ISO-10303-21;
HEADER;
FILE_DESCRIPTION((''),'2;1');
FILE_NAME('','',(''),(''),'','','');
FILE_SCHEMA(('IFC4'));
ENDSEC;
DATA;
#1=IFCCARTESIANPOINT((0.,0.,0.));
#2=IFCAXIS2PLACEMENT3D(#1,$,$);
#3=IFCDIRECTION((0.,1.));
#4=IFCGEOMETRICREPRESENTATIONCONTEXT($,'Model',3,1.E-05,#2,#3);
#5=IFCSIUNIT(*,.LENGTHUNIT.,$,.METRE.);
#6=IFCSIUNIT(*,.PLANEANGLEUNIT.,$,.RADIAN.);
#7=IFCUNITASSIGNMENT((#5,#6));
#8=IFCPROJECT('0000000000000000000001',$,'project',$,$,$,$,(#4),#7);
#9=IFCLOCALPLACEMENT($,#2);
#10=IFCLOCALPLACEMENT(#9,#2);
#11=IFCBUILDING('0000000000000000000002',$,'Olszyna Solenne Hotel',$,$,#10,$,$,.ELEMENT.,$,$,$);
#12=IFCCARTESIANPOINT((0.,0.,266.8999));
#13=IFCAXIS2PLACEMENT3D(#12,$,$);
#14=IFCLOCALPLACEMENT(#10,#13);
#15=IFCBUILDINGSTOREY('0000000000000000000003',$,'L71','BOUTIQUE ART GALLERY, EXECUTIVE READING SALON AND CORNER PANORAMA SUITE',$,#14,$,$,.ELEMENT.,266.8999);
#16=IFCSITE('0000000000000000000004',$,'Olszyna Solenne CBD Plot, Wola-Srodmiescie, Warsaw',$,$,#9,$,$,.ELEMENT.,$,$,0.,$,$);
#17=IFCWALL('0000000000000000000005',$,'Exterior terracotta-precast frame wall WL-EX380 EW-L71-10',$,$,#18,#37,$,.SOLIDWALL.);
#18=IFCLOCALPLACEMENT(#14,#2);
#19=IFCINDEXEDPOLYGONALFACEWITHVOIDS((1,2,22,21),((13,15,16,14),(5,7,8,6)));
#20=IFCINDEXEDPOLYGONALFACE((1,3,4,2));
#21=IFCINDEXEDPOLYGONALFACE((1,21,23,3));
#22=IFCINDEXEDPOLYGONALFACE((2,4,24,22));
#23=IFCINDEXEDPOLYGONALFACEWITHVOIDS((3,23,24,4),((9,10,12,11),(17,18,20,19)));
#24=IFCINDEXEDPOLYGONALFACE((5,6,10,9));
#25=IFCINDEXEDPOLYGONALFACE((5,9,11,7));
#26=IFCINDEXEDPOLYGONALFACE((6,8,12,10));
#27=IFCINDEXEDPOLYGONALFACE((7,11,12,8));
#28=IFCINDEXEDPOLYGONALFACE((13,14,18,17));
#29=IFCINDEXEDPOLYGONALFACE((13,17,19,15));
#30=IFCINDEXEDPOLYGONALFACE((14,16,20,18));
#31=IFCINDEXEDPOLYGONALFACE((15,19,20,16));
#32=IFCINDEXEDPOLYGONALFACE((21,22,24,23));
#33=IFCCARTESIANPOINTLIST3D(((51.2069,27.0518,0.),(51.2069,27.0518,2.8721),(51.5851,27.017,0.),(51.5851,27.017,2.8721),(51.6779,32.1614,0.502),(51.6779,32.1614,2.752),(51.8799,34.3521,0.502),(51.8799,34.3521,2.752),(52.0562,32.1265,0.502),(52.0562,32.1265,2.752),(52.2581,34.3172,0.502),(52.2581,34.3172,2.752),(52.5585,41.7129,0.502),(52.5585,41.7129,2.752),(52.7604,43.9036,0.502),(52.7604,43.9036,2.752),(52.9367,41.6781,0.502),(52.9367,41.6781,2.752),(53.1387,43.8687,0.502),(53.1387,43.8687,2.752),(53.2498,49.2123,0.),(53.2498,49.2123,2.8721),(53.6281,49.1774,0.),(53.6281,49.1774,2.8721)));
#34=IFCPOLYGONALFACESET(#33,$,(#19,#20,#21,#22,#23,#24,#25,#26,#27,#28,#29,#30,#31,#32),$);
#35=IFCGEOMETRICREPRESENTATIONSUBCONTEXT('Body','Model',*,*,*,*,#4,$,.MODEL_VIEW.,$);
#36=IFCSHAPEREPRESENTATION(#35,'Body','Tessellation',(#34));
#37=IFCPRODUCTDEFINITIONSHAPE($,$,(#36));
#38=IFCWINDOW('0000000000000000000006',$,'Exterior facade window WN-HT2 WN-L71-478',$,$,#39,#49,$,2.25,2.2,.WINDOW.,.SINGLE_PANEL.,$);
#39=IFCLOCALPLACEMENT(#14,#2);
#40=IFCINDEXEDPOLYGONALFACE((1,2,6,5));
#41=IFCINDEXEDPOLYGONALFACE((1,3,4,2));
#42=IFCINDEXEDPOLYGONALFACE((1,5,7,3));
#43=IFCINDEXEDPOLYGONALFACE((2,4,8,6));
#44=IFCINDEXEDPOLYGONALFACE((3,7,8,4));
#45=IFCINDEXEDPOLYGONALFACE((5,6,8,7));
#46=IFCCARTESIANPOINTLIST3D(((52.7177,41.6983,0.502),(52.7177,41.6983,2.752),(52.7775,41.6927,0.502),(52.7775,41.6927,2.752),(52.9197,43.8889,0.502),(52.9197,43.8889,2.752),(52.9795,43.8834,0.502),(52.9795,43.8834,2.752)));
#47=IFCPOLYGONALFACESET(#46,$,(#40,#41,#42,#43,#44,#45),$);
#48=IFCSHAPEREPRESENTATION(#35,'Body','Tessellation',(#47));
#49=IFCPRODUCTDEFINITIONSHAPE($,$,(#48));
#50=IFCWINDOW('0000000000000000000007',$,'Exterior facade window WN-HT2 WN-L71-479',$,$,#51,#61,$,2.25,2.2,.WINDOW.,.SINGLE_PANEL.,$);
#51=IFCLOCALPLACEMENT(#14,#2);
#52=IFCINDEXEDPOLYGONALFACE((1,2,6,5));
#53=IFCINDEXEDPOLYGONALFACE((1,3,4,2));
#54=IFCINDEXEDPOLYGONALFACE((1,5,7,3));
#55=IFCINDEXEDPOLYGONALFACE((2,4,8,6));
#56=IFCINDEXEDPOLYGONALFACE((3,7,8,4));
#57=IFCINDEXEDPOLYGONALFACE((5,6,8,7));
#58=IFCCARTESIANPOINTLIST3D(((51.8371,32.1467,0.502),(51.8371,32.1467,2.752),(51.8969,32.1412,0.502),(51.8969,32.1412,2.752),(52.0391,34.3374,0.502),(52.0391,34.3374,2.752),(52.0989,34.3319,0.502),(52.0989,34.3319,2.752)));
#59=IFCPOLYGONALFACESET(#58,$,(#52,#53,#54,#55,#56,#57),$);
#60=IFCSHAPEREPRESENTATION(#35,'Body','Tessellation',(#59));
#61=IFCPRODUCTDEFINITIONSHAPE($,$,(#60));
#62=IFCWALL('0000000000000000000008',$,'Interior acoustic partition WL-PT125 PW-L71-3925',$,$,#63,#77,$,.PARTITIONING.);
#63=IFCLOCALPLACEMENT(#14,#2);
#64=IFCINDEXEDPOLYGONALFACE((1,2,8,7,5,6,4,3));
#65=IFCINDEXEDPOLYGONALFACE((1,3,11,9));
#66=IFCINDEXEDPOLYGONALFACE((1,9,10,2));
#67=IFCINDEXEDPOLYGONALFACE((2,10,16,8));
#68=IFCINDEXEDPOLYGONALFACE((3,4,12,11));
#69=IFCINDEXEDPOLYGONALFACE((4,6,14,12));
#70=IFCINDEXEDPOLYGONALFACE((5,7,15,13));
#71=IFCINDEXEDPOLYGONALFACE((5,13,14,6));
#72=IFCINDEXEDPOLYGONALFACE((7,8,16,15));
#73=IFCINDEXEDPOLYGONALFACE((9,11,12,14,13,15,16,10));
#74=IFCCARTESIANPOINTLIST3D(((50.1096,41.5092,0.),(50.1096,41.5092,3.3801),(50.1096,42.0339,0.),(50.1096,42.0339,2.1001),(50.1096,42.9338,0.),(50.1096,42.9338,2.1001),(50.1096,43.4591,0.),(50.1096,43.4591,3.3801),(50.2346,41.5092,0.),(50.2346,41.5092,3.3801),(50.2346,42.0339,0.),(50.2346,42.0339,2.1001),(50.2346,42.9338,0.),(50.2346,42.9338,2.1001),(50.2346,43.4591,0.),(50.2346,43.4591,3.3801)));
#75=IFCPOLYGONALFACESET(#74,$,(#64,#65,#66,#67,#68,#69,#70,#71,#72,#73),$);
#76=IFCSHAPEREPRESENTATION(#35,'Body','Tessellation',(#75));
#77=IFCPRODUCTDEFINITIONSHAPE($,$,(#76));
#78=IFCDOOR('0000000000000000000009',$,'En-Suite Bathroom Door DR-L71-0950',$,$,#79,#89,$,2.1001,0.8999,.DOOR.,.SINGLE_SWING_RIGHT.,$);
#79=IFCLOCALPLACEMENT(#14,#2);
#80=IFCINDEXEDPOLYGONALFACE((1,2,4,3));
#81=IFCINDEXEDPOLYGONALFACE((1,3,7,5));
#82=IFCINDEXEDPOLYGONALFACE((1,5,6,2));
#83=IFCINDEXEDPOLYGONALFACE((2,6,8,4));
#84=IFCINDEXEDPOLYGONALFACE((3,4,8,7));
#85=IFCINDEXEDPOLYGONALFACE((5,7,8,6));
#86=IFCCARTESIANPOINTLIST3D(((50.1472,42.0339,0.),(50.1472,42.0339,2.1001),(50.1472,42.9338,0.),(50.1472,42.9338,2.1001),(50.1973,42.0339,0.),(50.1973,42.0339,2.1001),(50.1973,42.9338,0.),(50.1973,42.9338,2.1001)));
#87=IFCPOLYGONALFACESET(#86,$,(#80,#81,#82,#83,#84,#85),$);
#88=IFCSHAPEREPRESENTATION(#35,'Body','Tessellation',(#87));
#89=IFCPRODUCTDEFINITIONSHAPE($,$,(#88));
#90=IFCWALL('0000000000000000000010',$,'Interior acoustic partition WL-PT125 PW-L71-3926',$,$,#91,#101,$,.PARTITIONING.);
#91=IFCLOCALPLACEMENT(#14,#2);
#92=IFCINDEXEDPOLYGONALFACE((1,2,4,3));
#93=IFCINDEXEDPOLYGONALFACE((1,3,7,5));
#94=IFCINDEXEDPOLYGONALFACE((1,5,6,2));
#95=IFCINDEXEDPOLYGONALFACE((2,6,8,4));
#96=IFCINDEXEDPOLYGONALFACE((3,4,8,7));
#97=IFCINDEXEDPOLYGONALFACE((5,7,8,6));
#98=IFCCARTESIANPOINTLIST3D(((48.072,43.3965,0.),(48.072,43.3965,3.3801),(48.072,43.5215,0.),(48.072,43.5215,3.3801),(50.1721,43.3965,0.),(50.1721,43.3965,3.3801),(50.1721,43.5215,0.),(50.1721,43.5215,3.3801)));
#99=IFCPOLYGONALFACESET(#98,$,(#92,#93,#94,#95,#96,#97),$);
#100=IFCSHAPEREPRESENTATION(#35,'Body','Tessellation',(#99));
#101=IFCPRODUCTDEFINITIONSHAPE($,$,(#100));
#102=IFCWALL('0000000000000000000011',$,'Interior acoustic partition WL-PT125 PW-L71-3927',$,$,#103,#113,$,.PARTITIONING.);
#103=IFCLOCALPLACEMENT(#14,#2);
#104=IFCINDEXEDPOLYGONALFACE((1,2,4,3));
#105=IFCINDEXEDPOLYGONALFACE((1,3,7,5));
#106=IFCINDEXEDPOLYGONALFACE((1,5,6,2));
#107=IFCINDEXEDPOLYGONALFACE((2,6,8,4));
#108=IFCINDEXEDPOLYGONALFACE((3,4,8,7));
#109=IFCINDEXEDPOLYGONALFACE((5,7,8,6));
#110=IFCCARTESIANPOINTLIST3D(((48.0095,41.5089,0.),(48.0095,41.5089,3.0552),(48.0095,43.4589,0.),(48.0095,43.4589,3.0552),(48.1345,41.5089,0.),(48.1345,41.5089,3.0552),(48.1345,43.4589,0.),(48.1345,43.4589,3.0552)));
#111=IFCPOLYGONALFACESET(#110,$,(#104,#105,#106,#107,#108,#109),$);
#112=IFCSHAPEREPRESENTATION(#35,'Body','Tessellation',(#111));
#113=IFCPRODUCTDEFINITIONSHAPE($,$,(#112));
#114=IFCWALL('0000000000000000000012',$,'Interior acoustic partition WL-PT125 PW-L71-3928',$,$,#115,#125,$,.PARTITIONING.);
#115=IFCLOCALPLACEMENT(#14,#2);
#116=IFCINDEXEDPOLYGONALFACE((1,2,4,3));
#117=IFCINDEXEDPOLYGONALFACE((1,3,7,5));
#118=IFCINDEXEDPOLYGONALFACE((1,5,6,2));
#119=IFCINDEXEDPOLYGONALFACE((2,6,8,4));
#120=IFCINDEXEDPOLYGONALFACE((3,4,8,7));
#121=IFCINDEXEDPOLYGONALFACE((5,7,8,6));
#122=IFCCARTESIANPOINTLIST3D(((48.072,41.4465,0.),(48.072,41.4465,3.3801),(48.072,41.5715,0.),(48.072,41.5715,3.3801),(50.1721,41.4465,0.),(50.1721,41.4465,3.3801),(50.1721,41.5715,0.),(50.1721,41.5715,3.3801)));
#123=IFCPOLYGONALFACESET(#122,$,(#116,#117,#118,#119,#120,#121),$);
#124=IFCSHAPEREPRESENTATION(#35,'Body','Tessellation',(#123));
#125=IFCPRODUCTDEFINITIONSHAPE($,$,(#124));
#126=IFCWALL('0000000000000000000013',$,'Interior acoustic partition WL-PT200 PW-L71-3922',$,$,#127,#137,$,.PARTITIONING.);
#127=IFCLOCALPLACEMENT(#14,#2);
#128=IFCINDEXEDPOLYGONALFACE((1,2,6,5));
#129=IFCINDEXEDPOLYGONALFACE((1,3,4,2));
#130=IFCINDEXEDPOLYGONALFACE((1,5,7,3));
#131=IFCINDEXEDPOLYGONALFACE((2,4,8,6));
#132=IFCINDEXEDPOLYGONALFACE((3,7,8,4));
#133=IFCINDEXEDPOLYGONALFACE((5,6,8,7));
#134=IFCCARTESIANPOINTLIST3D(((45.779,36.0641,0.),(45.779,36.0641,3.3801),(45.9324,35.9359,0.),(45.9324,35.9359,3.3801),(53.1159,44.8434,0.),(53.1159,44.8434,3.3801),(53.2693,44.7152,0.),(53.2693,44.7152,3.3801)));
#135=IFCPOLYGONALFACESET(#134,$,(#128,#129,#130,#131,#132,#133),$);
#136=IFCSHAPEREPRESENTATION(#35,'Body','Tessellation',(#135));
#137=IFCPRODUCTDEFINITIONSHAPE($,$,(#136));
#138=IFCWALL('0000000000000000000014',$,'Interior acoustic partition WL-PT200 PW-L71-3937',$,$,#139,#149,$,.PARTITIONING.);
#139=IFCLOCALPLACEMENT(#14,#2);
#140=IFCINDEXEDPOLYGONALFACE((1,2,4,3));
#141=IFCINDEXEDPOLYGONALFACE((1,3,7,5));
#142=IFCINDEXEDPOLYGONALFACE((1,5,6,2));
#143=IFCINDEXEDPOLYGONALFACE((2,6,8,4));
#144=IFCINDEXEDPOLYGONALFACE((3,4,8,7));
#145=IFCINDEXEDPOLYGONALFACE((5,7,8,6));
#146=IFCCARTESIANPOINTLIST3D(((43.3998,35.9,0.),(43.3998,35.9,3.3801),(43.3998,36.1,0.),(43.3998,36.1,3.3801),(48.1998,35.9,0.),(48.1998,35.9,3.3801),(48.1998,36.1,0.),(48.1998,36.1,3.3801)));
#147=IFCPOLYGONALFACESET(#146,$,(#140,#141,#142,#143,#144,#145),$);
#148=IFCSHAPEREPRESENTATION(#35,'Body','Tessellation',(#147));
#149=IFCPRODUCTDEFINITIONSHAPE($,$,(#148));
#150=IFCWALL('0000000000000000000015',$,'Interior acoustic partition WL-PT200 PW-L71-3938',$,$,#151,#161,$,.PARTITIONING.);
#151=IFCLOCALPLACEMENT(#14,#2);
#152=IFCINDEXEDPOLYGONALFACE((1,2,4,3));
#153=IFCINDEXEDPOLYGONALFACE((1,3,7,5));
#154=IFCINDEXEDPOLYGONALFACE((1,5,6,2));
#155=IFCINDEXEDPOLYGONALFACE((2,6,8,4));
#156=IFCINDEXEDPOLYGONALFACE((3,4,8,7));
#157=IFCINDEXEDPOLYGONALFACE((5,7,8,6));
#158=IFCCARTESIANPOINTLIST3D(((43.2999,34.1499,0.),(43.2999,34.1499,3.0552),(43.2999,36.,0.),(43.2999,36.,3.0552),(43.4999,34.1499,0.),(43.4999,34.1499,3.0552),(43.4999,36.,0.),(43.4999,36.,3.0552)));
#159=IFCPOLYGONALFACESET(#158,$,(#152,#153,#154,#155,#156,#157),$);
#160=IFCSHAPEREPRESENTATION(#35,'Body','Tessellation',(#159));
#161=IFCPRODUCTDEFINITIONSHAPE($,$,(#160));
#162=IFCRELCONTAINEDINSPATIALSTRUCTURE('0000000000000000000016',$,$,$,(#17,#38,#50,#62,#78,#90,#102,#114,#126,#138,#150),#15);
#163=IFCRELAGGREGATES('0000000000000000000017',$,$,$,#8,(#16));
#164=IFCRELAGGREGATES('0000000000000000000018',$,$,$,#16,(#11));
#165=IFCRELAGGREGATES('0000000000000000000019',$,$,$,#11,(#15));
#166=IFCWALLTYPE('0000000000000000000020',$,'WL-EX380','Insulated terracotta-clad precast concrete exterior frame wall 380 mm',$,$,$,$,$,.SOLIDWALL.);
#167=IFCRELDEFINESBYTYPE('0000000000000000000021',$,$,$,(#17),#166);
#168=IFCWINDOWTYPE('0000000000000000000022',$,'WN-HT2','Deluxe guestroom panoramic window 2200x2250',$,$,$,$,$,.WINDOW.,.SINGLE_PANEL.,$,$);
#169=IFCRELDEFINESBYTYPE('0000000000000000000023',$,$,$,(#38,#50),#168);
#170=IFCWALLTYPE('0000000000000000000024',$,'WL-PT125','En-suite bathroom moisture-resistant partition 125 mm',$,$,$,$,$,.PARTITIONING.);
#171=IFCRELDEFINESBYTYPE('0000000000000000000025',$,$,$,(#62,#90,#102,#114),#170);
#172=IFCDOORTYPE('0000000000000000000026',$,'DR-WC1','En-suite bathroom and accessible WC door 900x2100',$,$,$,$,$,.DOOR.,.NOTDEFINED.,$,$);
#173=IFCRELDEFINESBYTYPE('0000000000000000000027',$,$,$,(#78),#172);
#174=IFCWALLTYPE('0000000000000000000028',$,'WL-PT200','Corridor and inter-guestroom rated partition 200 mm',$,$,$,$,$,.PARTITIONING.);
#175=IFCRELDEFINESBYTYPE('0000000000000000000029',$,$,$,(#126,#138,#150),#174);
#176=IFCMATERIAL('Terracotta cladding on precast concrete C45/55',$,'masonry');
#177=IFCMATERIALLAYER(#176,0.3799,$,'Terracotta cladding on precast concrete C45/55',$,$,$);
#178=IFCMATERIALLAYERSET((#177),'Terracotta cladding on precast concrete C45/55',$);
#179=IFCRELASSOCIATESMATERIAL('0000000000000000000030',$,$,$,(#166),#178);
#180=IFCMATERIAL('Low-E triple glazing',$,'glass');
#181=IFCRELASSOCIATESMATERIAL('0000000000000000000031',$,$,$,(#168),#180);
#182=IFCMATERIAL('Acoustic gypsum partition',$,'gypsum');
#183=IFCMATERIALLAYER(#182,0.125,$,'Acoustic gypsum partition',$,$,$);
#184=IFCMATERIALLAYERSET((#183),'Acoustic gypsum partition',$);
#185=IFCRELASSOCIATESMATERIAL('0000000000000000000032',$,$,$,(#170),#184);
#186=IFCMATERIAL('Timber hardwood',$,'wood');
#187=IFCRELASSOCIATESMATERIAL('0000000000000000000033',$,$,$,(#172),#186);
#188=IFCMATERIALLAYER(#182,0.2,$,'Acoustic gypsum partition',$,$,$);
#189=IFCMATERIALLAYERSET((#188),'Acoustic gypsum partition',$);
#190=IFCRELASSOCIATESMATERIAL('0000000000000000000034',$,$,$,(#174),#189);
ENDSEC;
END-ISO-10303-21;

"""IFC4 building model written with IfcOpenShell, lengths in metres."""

from ifc_helpers import new_model, si_unit, direction, frame, frame_2d, origin, place, context, subcontext, project, spatial, rectangle, extrude, source, transform, mapped, material, layer, layer_set, type_object, type_shapes, element, fill, save


model = new_model("IFC4")

# Units and contexts
model_context = context("Model", 3, precision=1e-05, world=origin(), true_north=direction((0.0, 1.0)))
body_context = subcontext(model_context, "Body", "Model", "MODEL_VIEW")
ifc_project = project(units=[si_unit("LENGTHUNIT", "METRE"), si_unit("PLANEANGLEUNIT", "RADIAN")], contexts=[model_context])

# Site, building, storey
site_placement = place(None, origin())
site = spatial("IfcSite", under=ifc_project, at=site_placement, Name="Olszyna Solenne CBD Plot, Wola-Srodmiescie, Warsaw", CompositionType="ELEMENT", RefElevation=0.0)
building_placement = place(site_placement, origin())
building = spatial("IfcBuilding", under=site, at=building_placement, Name="Olszyna Solenne Hotel", CompositionType="ELEMENT")
storey_placement = place(building_placement, frame((0.0, 0.0, 266.8999)))
storey = spatial("IfcBuildingStorey", under=building, at=storey_placement, Name="L71", Description="BOUTIQUE ART GALLERY, EXECUTIVE READING SALON AND CORNER PANORAMA SUITE", CompositionType="ELEMENT", Elevation=266.8999)

# Shared definitions
ifc_material_1 = material(Name="Terracotta cladding on precast concrete C45/55", Category="masonry")
ifc_layer_1 = layer(ifc_material_1, 0.3799, Name="Terracotta cladding on precast concrete C45/55")
ifc_layer_set_1 = layer_set([ifc_layer_1], Name="Terracotta cladding on precast concrete C45/55")
wall_type_1 = type_object("IfcWallType", Name="WL-EX380", Description="Insulated terracotta-clad precast concrete exterior frame wall 380 mm", PredefinedType="SOLIDWALL", material=ifc_layer_set_1)

# Wall, openings, windows
wall_1_placement = place(storey_placement, frame((53.439, 49.1948, 0.0), z_axis=(0.0, 0.0, 1.0), x_axis=(-0.091801, -0.995777, 0.0)))
wall_1 = element("IfcWall", 1, at=wall_1_placement, inside=storey, type_object=wall_type_1, Name="Exterior terracotta-precast frame wall WL-EX380 EW-L71-10", PredefinedType="SOLIDWALL", context=body_context, shape_type="SweptSolid", body=[
    extrude(rectangle(XDim=22.2544, YDim=0.3799, at=frame_2d((11.1272, 0.0))), origin(), (0.0, 0.0, 1.0), 2.8721),
])
opening_1_placement = place(wall_1_placement, frame((5.3311, 0.0, 0.502)))
opening_1 = element("IfcOpeningElement", 2, at=opening_1_placement, cuts=wall_1, PredefinedType="OPENING", context=body_context, shape_type="SweptSolid", body=[
    extrude(rectangle(XDim=2.2, YDim=2.25, at=frame_2d((1.1001, 1.125))), frame((0.0, 0.2, 0.0), z_axis=(0.0, -1.0, 0.0), x_axis=(1.0, 0.0, 0.0)), (0.0, 0.0, 1.0), 0.3999),
])
opening_2_placement = place(wall_1_placement, frame((14.9231, 0.0, 0.502)))
opening_2 = element("IfcOpeningElement", 3, at=opening_2_placement, cuts=wall_1, PredefinedType="OPENING", context=body_context, shape_type="SweptSolid", body=[
    extrude(rectangle(XDim=2.2, YDim=2.25, at=frame_2d((1.1001, 1.125))), frame((0.0, 0.2, 0.0), z_axis=(0.0, -1.0, 0.0), x_axis=(1.0, 0.0, 0.0)), (0.0, 0.0, 1.0), 0.3999),
])
ifc_material_2 = material(Name="Low-E triple glazing", Category="glass")
window_type = type_object("IfcWindowType", Name="WN-HT2", Description="Deluxe guestroom panoramic window 2200x2250", PartitioningType="SINGLE_PANEL", PredefinedType="WINDOW", material=ifc_material_2)
shared_shape_1 = source(origin(), body_context, "Body", "SweptSolid", [
    extrude(rectangle(XDim=2.2, YDim=2.25, at=frame_2d((1.1001, 1.125))), frame((0.0, 0.03, 0.0), z_axis=(0.0, -1.0, 0.0), x_axis=(1.0, 0.0, 0.0)), (0.0, 0.0, 1.0), 0.0601),
])
type_shapes(window_type, [shared_shape_1])
window_1_placement = place(opening_1_placement, origin())
window_1 = element("IfcWindow", 4, at=window_1_placement, inside=storey, type_object=window_type, Name="Exterior facade window WN-HT2 WN-L71-478", OverallHeight=2.25, OverallWidth=2.2, PartitioningType="SINGLE_PANEL", PredefinedType="WINDOW", context=body_context, shape_type="MappedRepresentation", body=[
    mapped(shared_shape_1, transform((0.0, 0.0, 0.0), x_axis=(1.0, 0.0, 0.0), y_axis=(0.0, 1.0, 0.0), z_axis=(0.0, 0.0, 1.0), scale=1.0)),
])
fill(opening_1, window_1)
window_2_placement = place(opening_2_placement, origin())
window_2 = element("IfcWindow", 5, at=window_2_placement, inside=storey, type_object=window_type, Name="Exterior facade window WN-HT2 WN-L71-479", OverallHeight=2.25, OverallWidth=2.2, PartitioningType="SINGLE_PANEL", PredefinedType="WINDOW", context=body_context, shape_type="MappedRepresentation", body=[
    mapped(shared_shape_1, transform((0.0, 0.0, 0.0), x_axis=(1.0, 0.0, 0.0), y_axis=(0.0, 1.0, 0.0), z_axis=(0.0, 0.0, 1.0), scale=1.0)),
])
fill(opening_2, window_2)

# Wall, opening, door
ifc_material_3 = material(Name="Acoustic gypsum partition", Category="gypsum")
ifc_layer_2 = layer(ifc_material_3, 0.125, Name="Acoustic gypsum partition")
ifc_layer_set_2 = layer_set([ifc_layer_2], Name="Acoustic gypsum partition")
wall_type_2 = type_object("IfcWallType", Name="WL-PT125", Description="En-suite bathroom moisture-resistant partition 125 mm", PredefinedType="PARTITIONING", material=ifc_layer_set_2)
wall_2_placement = place(storey_placement, frame((50.1721, 41.509, 0.0), z_axis=(0.0, 0.0, 1.0), x_axis=(0.0, 1.0, 0.0)))
wall_2 = element("IfcWall", 6, at=wall_2_placement, inside=storey, type_object=wall_type_2, Name="Interior acoustic partition WL-PT125 PW-L71-3925", PredefinedType="PARTITIONING", context=body_context, shape_type="SweptSolid", body=[
    extrude(rectangle(XDim=1.95, YDim=0.125, at=frame_2d((0.9751, 0.0))), origin(), (0.0, 0.0, 1.0), 3.3801),
])
opening_3_placement = place(wall_2_placement, frame((0.5249, 0.0, 0.0)))
opening_3 = element("IfcOpeningElement", 7, at=opening_3_placement, cuts=wall_2, PredefinedType="OPENING", context=body_context, shape_type="SweptSolid", body=[
    extrude(rectangle(XDim=0.8999, YDim=2.1001, at=frame_2d((0.45, 1.05))), frame((0.0, 0.0725, 0.0), z_axis=(0.0, -1.0, 0.0), x_axis=(1.0, 0.0, 0.0)), (0.0, 0.0, 1.0), 0.145),
])
ifc_material_4 = material(Name="Timber hardwood", Category="wood")
door_type = type_object("IfcDoorType", Name="DR-WC1", Description="En-suite bathroom and accessible WC door 900x2100", OperationType="NOTDEFINED", PredefinedType="DOOR", material=ifc_material_4)
shared_shape_2 = source(origin(), body_context, "Body", "SweptSolid", [
    extrude(rectangle(XDim=0.8999, YDim=2.1001, at=frame_2d((0.45, 1.05))), frame((0.0, 0.0249, 0.0), z_axis=(0.0, -1.0, 0.0), x_axis=(1.0, 0.0, 0.0)), (0.0, 0.0, 1.0), 0.05),
])
type_shapes(door_type, [shared_shape_2])
door_placement = place(opening_3_placement, origin())
door = element("IfcDoor", 8, at=door_placement, inside=storey, type_object=door_type, Name="En-Suite Bathroom Door DR-L71-0950", OperationType="SINGLE_SWING_RIGHT", OverallHeight=2.1001, OverallWidth=0.8999, PredefinedType="DOOR", context=body_context, shape_type="MappedRepresentation", body=[
    mapped(shared_shape_2, transform((0.0, 0.0, 0.0), x_axis=(1.0, 0.0, 0.0), y_axis=(0.0, 1.0, 0.0), z_axis=(0.0, 0.0, 1.0), scale=1.0)),
])
fill(opening_3, door)

# Walls
wall_3_placement = place(storey_placement, frame((50.1721, 43.459, 0.0), z_axis=(0.0, 0.0, 1.0), x_axis=(-1.0, 0.0, 0.0)))
element("IfcWall", 9, at=wall_3_placement, inside=storey, type_object=wall_type_2, Name="Interior acoustic partition WL-PT125 PW-L71-3926", PredefinedType="PARTITIONING", context=body_context, shape_type="SweptSolid", body=[
    extrude(rectangle(XDim=2.1001, YDim=0.125, at=frame_2d((1.05, 0.0))), origin(), (0.0, 0.0, 1.0), 3.3801),
])
wall_4_placement = place(storey_placement, frame((48.072, 43.459, 0.0), z_axis=(0.0, 0.0, 1.0), x_axis=(0.0, -1.0, 0.0)))
element("IfcWall", 10, at=wall_4_placement, inside=storey, type_object=wall_type_2, Name="Interior acoustic partition WL-PT125 PW-L71-3927", PredefinedType="PARTITIONING", context=body_context, shape_type="SweptSolid", body=[
    extrude(rectangle(XDim=1.95, YDim=0.125, at=frame_2d((0.9751, 0.0))), origin(), (0.0, 0.0, 1.0), 3.0552),
])
wall_5_placement = place(storey_placement, frame((48.072, 41.509, 0.0), z_axis=(0.0, 0.0, 1.0), x_axis=(1.0, 0.0, 0.0)))
element("IfcWall", 11, at=wall_5_placement, inside=storey, type_object=wall_type_2, Name="Interior acoustic partition WL-PT125 PW-L71-3928", PredefinedType="PARTITIONING", context=body_context, shape_type="SweptSolid", body=[
    extrude(rectangle(XDim=2.1001, YDim=0.125, at=frame_2d((1.05, 0.0))), origin(), (0.0, 0.0, 1.0), 3.3801),
])
ifc_layer_3 = layer(ifc_material_3, 0.2, Name="Acoustic gypsum partition")
ifc_layer_set_3 = layer_set([ifc_layer_3], Name="Acoustic gypsum partition")
wall_type_3 = type_object("IfcWallType", Name="WL-PT200", Description="Corridor and inter-guestroom rated partition 200 mm", PredefinedType="PARTITIONING", material=ifc_layer_set_3)
wall_6_placement = place(storey_placement, frame((45.8557, 36.0, 0.0), z_axis=(0.0, 0.0, 1.0), x_axis=(0.641258, 0.767325, 0.0)))
element("IfcWall", 12, at=wall_6_placement, inside=storey, type_object=wall_type_3, Name="Interior acoustic partition WL-PT200 PW-L71-3922", PredefinedType="PARTITIONING", context=body_context, shape_type="SweptSolid", body=[
    extrude(rectangle(XDim=11.4414, YDim=0.2, at=frame_2d((5.7207, 0.0))), origin(), (0.0, 0.0, 1.0), 3.3801),
])
wall_7_placement = place(storey_placement, frame((43.3999, 36.0, 0.0), z_axis=(0.0, 0.0, 1.0), x_axis=(1.0, 0.0, 0.0)))
element("IfcWall", 13, at=wall_7_placement, inside=storey, type_object=wall_type_3, Name="Interior acoustic partition WL-PT200 PW-L71-3937", PredefinedType="PARTITIONING", context=body_context, shape_type="SweptSolid", body=[
    extrude(rectangle(XDim=4.8, YDim=0.2, at=frame_2d((2.3999, 0.0))), origin(), (0.0, 0.0, 1.0), 3.3801),
])
wall_8_placement = place(storey_placement, frame((43.3999, 34.1499, 0.0), z_axis=(0.0, 0.0, 1.0), x_axis=(0.0, 1.0, 0.0)))
element("IfcWall", 14, at=wall_8_placement, inside=storey, type_object=wall_type_3, Name="Interior acoustic partition WL-PT200 PW-L71-3938", PredefinedType="PARTITIONING", context=body_context, shape_type="SweptSolid", body=[
    extrude(rectangle(XDim=1.8501, YDim=0.2, at=frame_2d((0.925, 0.0))), origin(), (0.0, 0.0, 1.0), 3.0552),
])

save(model, "model.ifc")
